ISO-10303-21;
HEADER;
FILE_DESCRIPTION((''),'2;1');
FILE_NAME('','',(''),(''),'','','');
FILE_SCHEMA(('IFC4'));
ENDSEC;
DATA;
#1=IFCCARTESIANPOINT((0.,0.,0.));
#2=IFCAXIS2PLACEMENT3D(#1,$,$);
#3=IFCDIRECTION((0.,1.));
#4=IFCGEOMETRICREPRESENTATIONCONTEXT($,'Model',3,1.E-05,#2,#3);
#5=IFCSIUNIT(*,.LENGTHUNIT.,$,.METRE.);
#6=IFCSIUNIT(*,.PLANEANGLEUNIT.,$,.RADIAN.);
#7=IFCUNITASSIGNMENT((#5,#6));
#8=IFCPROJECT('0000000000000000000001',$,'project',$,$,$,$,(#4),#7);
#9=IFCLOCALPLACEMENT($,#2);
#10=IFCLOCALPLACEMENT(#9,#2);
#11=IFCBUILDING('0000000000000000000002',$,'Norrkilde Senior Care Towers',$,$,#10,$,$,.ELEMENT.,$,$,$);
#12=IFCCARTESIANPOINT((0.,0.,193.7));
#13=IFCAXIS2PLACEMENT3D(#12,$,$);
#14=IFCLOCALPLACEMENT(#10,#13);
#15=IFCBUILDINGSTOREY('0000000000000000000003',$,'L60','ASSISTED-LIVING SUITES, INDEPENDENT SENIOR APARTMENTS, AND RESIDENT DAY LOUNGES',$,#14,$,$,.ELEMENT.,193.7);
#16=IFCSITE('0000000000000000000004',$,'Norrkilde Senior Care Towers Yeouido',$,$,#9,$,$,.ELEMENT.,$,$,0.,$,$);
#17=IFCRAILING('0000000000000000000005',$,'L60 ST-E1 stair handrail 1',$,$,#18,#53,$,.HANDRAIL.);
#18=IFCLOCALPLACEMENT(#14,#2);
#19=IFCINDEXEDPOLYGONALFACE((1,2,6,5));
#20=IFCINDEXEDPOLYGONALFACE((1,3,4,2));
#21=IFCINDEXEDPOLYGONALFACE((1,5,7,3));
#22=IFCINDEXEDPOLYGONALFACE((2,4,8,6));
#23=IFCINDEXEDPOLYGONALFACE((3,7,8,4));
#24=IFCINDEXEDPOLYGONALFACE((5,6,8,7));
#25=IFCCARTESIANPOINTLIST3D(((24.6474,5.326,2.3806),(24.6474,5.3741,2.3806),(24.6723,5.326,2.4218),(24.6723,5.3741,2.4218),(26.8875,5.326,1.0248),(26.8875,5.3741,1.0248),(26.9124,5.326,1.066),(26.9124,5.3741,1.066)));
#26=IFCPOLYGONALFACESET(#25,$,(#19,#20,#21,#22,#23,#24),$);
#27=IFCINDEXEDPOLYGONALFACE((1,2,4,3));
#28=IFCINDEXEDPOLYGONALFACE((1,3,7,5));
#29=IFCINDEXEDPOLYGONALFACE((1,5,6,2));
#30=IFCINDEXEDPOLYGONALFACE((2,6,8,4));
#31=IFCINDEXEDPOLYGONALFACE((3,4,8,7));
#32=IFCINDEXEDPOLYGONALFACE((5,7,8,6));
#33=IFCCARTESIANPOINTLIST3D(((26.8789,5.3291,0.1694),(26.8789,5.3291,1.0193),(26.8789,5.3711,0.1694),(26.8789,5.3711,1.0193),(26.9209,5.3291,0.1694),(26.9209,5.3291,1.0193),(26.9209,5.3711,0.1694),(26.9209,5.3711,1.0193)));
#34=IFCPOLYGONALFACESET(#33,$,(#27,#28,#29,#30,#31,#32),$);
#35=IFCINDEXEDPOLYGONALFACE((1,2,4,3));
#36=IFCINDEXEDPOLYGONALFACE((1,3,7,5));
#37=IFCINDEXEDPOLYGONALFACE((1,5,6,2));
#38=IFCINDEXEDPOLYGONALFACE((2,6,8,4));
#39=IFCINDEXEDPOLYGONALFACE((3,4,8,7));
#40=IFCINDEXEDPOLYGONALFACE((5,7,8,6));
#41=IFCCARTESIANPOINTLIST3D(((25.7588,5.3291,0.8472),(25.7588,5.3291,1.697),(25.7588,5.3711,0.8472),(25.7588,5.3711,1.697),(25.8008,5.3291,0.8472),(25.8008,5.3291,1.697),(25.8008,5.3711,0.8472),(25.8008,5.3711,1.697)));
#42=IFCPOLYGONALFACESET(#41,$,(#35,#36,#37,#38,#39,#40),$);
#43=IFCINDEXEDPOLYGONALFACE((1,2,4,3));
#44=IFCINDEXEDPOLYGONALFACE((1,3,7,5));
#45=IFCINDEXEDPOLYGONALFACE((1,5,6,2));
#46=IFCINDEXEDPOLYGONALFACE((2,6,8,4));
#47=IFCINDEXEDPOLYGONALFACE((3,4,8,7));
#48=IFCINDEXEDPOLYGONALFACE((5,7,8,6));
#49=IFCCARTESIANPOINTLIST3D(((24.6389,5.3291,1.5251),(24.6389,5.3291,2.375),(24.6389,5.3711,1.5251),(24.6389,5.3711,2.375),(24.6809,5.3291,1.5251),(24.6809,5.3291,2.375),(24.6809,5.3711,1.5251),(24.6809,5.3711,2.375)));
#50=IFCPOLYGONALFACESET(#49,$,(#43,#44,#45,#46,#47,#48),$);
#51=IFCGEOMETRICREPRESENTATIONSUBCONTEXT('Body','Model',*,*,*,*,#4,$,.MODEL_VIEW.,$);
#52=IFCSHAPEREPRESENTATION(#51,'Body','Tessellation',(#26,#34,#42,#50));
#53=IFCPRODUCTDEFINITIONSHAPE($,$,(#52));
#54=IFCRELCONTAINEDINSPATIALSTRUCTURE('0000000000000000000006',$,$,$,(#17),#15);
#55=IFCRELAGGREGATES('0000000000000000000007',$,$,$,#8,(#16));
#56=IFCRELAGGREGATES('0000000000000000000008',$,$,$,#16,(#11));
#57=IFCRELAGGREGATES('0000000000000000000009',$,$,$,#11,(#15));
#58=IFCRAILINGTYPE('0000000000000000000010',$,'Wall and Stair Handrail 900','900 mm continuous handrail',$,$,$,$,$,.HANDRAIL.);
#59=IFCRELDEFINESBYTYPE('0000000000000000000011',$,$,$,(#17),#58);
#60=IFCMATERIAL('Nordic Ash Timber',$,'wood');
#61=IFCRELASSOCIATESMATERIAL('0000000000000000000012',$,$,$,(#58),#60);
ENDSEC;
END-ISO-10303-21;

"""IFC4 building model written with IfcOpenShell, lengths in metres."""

from ifc_helpers import new_model, si_unit, direction, frame, origin, origin_2d, place, context, subcontext, project, spatial, rectangle, extrude, material, type_object, element, save


model = new_model("IFC4")

# Units and contexts
model_context = context("Model", 3, precision=1e-05, world=origin(), true_north=direction((0.0, 1.0)))
body_context = subcontext(model_context, "Body", "Model", "MODEL_VIEW")
ifc_project = project(units=[si_unit("LENGTHUNIT", "METRE"), si_unit("PLANEANGLEUNIT", "RADIAN")], contexts=[model_context])

# Site, building, storey
site_placement = place(None, origin())
site = spatial("IfcSite", under=ifc_project, at=site_placement, Name="Norrkilde Senior Care Towers Yeouido", CompositionType="ELEMENT", RefElevation=0.0)
building_placement = place(site_placement, origin())
building = spatial("IfcBuilding", under=site, at=building_placement, Name="Norrkilde Senior Care Towers", CompositionType="ELEMENT")
storey_placement = place(building_placement, frame((0.0, 0.0, 193.7)))
storey = spatial("IfcBuildingStorey", under=building, at=storey_placement, Name="L60", Description="ASSISTED-LIVING SUITES, INDEPENDENT SENIOR APARTMENTS, AND RESIDENT DAY LOUNGES", CompositionType="ELEMENT", Elevation=193.7)

# Shared definitions
ifc_material_1 = material(Name="Nordic Ash Timber", Category="wood")

# Railing
railing_type_1 = type_object("IfcRailingType", Name="Wall and Stair Handrail 900", Description="900 mm continuous handrail", PredefinedType="HANDRAIL", material=ifc_material_1)
railing_1_placement = place(storey_placement, frame((26.8999, 5.3501, 0.1694)))
element("IfcRailing", 1, at=railing_1_placement, inside=storey, type_object=railing_type_1, Name="L60 ST-E1 stair handrail 1", PredefinedType="HANDRAIL", context=body_context, shape_type="SweptSolid", body=[
    extrude(rectangle(XDim=0.0481, YDim=0.0481, at=origin_2d()), frame((0.0, 0.0, 0.876), z_axis=(-0.855512, 0.0, 0.517783), x_axis=(0.0, -1.0, 0.0)), (0.0, 0.0, 1.0), 2.6184),
    extrude(rectangle(XDim=0.042, YDim=0.042, at=origin_2d()), origin(), (0.0, 0.0, 1.0), 0.8499),
    extrude(rectangle(XDim=0.042, YDim=0.042, at=origin_2d()), frame((-1.1201, 0.0, 0.6777)), (0.0, 0.0, 1.0), 0.8499),
    extrude(rectangle(XDim=0.042, YDim=0.042, at=origin_2d()), frame((-2.24, 0.0, 1.3557)), (0.0, 0.0, 1.0), 0.8499),
])

save(model, "model.ifc")
